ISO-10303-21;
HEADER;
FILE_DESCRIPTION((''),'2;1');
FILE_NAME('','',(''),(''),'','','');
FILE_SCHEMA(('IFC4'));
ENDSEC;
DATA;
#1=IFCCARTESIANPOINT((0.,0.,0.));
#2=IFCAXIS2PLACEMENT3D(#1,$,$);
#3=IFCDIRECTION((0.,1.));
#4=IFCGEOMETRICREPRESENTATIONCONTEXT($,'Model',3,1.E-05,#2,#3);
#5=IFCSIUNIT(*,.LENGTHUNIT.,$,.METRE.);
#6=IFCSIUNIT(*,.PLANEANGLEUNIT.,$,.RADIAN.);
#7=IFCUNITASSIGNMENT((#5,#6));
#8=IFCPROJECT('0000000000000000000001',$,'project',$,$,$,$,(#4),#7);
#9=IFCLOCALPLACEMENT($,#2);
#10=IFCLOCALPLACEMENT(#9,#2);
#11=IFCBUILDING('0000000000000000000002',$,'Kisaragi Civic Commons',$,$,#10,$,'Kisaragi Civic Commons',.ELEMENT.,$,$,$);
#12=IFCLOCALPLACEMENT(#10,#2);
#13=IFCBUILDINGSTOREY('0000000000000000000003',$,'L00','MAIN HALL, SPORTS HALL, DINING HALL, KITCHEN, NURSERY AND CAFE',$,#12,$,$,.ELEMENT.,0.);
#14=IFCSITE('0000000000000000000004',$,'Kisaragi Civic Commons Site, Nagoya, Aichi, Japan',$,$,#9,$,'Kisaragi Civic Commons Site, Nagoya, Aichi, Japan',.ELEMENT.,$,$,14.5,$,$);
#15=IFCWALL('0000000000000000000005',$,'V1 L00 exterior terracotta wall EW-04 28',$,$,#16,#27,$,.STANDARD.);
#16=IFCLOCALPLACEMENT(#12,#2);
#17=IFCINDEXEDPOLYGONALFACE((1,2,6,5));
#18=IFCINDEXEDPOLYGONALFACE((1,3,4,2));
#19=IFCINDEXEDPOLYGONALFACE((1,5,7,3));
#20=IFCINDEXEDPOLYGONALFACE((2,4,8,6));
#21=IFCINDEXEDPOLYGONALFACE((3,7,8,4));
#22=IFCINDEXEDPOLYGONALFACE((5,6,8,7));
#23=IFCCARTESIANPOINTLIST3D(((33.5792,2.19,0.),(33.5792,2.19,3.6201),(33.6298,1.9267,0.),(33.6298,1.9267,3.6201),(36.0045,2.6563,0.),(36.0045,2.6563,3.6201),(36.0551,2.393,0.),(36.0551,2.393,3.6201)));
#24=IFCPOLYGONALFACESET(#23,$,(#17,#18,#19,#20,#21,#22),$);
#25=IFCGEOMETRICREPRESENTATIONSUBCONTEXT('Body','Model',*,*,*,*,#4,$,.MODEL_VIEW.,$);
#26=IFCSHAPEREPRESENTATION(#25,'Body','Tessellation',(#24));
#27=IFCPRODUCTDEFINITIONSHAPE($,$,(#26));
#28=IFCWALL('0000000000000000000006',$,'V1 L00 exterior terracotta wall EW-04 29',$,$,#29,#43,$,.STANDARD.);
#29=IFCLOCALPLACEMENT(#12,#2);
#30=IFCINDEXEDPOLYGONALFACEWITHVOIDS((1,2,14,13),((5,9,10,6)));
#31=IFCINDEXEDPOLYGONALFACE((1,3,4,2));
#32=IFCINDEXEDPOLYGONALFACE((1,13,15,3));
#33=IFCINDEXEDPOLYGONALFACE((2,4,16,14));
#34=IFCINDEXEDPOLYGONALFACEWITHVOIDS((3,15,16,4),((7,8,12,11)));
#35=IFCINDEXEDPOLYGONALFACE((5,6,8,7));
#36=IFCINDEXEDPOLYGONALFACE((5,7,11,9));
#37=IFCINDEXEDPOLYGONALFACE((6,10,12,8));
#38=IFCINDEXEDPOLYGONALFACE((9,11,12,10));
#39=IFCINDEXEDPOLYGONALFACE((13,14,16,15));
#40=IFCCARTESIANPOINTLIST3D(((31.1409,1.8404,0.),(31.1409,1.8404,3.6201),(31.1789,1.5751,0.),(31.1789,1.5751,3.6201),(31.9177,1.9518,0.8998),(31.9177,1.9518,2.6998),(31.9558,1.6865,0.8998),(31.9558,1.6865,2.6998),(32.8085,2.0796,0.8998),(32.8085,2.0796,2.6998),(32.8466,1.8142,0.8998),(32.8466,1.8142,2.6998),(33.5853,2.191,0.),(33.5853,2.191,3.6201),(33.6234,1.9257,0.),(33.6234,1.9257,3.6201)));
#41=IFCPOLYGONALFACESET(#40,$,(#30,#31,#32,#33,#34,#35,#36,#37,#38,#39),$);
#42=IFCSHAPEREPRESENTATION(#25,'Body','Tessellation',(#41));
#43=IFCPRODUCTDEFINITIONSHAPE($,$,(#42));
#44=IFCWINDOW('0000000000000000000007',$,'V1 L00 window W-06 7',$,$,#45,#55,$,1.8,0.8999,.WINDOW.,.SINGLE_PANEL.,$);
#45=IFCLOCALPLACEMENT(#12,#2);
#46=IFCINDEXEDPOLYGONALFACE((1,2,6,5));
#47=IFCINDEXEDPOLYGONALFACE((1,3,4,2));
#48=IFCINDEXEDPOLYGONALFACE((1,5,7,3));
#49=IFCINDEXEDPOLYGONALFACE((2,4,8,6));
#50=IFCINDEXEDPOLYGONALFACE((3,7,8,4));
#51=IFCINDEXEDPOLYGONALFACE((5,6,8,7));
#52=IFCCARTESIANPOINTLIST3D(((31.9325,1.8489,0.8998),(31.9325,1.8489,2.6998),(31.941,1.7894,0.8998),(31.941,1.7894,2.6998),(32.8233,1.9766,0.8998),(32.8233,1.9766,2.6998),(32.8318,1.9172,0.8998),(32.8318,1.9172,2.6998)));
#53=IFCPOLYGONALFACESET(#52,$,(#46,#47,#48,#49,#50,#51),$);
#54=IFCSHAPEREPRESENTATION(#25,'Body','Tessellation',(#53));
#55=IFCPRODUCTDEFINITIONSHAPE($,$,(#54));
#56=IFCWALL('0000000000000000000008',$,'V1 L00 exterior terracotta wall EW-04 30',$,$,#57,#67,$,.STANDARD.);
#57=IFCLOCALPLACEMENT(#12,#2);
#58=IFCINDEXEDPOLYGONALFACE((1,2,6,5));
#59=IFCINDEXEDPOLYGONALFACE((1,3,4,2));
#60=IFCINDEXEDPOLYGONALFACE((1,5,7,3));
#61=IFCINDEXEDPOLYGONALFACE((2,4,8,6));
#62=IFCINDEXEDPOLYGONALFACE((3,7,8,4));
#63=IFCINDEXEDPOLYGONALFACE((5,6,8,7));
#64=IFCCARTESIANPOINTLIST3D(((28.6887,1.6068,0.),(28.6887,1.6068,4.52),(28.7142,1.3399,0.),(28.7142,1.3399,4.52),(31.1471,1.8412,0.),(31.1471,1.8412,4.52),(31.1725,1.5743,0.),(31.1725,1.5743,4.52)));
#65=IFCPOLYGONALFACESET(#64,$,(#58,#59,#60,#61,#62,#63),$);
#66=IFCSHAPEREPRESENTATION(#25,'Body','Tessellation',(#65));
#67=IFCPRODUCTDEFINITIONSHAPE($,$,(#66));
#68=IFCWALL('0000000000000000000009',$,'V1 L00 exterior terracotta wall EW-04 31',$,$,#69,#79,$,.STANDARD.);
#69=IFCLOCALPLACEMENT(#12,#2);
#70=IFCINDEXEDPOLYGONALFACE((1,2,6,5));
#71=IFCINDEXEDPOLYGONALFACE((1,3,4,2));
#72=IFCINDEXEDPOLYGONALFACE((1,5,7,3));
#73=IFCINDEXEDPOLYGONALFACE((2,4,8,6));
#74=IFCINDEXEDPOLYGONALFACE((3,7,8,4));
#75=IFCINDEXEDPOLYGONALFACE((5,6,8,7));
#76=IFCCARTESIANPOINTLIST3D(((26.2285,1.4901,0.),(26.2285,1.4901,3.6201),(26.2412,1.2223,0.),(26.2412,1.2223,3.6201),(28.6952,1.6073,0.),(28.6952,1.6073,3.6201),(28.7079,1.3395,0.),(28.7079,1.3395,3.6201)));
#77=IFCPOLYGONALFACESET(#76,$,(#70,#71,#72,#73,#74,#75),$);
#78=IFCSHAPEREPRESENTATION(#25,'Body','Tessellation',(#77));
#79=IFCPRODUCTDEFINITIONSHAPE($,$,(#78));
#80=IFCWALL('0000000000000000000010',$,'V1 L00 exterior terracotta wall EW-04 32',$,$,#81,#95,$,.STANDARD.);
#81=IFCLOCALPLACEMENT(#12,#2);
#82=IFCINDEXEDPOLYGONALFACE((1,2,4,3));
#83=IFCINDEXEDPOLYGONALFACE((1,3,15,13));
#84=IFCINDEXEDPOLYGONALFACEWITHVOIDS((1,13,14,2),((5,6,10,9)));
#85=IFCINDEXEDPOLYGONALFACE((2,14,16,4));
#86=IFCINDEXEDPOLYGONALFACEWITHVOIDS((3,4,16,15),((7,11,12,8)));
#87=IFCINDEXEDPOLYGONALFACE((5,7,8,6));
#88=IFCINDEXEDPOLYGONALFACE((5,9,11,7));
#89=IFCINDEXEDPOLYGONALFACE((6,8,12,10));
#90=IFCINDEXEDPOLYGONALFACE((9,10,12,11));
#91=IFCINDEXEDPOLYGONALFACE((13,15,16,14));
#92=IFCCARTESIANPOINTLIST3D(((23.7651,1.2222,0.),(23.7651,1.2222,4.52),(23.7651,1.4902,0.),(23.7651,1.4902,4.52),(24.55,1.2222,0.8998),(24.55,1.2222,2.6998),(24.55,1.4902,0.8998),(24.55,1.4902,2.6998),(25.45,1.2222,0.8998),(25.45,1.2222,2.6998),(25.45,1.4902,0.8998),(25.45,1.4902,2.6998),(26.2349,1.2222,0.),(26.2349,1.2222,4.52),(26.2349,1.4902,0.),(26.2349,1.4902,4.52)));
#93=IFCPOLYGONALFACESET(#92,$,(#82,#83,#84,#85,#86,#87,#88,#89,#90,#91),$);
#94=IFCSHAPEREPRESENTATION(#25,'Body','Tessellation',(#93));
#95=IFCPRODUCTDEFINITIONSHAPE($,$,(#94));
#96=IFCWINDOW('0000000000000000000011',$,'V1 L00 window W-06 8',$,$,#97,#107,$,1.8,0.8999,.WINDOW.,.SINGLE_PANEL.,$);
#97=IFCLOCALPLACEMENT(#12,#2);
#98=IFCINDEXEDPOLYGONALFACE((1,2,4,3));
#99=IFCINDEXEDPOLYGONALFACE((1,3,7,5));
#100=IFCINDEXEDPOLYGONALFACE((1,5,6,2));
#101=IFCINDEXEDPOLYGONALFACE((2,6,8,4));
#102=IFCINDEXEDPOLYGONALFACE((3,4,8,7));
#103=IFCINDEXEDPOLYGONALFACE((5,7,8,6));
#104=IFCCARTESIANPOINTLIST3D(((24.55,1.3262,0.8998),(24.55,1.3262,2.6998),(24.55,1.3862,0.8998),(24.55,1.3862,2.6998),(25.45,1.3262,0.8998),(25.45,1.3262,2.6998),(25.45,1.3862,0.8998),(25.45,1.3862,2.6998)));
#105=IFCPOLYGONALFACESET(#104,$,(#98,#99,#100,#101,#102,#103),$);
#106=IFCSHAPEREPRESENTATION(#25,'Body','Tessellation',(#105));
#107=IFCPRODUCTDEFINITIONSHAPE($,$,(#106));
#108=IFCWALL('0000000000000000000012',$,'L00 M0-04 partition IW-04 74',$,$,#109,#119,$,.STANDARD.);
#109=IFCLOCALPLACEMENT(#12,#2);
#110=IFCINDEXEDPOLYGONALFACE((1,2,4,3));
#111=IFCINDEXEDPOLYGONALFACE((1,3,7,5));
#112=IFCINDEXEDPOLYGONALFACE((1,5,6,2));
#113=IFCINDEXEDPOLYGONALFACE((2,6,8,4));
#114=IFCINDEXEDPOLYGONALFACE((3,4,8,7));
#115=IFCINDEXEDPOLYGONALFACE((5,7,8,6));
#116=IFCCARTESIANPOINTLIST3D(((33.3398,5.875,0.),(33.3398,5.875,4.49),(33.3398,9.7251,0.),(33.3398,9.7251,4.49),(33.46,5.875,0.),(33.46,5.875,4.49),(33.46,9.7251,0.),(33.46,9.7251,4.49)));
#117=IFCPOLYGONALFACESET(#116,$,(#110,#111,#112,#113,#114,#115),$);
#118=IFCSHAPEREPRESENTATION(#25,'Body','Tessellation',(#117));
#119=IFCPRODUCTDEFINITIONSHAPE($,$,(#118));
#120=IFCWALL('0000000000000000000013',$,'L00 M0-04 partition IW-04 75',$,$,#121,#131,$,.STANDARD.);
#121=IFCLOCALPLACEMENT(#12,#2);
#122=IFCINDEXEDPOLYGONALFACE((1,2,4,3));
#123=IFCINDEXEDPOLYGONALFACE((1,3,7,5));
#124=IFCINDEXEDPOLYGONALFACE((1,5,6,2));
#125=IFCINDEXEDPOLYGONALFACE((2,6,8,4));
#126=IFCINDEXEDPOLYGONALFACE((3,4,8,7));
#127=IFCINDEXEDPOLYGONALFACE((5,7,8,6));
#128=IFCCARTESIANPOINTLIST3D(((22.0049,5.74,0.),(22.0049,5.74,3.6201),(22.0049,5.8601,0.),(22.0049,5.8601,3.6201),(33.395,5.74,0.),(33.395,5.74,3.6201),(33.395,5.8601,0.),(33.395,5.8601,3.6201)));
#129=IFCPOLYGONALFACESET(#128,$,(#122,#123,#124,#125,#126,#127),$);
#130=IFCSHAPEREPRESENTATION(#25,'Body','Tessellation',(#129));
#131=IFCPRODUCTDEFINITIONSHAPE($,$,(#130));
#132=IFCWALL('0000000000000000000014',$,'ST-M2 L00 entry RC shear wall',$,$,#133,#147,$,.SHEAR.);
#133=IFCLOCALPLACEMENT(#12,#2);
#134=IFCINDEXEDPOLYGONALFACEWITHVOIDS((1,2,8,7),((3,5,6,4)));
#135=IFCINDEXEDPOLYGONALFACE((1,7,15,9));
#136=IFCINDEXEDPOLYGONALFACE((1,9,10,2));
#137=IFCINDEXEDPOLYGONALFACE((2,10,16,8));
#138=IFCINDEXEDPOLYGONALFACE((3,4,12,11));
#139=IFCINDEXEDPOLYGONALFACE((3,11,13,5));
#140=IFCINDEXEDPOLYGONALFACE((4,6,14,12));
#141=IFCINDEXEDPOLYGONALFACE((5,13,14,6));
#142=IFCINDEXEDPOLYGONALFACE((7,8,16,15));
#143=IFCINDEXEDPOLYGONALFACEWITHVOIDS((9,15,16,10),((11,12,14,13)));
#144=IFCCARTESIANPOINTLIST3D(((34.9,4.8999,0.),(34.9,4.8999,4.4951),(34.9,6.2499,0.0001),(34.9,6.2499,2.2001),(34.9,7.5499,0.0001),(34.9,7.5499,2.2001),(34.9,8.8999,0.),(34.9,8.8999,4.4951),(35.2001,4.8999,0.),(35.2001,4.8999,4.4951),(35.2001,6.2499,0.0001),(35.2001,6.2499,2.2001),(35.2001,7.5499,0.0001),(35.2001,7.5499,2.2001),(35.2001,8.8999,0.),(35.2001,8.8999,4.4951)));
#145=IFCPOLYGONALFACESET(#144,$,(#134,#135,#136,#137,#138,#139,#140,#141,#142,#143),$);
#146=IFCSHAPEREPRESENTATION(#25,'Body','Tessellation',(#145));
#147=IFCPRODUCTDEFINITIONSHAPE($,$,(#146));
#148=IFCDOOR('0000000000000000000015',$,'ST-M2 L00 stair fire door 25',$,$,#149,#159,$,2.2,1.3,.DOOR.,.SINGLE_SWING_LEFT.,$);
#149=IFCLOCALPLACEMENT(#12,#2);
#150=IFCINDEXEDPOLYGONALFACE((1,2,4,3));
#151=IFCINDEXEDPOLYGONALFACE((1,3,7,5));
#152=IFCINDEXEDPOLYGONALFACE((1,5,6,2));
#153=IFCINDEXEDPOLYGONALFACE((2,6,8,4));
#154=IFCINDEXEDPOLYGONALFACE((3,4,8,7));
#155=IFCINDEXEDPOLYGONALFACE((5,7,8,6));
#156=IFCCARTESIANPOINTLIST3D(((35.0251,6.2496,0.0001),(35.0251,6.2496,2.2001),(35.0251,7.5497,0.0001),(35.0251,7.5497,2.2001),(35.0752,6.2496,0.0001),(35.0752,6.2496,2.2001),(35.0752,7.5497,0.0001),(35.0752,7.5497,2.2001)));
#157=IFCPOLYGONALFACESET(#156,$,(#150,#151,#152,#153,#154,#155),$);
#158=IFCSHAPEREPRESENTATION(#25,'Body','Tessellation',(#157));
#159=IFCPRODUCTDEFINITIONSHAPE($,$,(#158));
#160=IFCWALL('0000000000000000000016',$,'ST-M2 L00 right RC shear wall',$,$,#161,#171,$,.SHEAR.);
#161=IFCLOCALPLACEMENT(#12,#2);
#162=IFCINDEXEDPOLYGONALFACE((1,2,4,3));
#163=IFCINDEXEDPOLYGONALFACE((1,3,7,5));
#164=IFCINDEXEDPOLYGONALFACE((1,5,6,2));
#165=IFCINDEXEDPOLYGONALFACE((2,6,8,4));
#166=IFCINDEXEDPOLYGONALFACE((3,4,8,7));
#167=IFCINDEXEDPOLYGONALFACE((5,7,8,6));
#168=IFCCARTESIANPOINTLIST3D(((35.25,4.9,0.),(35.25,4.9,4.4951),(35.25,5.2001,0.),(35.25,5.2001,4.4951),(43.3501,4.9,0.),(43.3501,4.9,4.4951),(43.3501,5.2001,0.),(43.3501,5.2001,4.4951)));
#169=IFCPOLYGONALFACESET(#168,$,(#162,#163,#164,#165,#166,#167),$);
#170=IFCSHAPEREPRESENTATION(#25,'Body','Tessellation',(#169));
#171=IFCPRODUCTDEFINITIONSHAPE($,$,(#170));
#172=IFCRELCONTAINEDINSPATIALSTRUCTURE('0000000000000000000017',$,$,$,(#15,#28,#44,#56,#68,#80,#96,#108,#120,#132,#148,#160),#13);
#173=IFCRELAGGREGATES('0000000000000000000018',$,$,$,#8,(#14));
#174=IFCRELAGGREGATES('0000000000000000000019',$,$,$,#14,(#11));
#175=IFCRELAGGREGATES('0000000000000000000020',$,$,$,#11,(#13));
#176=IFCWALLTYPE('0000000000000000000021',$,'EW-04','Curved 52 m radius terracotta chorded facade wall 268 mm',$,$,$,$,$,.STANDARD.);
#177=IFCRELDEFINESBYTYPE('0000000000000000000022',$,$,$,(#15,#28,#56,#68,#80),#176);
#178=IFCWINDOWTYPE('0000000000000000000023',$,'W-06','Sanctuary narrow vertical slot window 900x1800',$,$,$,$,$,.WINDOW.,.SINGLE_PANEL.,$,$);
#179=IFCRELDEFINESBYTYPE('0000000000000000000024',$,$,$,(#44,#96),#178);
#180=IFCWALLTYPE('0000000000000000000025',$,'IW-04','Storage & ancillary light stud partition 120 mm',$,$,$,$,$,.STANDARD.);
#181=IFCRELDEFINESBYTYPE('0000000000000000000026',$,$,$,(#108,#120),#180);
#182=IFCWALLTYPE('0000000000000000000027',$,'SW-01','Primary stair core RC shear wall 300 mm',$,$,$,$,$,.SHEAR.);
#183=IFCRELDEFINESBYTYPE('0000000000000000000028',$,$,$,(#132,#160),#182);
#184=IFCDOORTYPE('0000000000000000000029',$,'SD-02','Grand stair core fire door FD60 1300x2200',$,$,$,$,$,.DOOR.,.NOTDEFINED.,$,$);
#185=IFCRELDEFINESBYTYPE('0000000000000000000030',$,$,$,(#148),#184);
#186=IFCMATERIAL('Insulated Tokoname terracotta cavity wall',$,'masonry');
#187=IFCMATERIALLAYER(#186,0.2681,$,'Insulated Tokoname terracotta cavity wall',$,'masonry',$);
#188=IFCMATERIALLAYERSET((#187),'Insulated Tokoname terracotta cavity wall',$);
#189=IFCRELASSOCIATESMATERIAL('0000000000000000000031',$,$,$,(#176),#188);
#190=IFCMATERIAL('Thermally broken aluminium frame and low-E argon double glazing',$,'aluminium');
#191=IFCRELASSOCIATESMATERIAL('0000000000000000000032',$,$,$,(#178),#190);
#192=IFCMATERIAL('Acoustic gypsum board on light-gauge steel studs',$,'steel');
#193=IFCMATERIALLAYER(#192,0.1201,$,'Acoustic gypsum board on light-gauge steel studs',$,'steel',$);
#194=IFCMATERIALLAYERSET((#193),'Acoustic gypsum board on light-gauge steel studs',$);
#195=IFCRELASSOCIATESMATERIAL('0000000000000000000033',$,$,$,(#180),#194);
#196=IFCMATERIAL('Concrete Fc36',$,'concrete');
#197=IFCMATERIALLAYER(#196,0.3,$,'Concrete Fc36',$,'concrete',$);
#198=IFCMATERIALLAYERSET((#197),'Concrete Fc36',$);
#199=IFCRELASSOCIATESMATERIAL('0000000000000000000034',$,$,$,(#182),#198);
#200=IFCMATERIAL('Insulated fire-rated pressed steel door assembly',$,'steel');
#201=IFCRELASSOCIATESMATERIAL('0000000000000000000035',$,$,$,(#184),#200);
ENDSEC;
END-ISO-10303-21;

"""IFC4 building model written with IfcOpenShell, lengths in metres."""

from ifc_helpers import new_model, si_unit, direction, frame, frame_2d, origin, place, context, subcontext, project, spatial, rectangle, extrude, material, layer, layer_set, type_object, element, fill, save


model = new_model("IFC4")

# Units and contexts
model_context = context("Model", 3, precision=1e-05, world=origin(), true_north=direction((0.0, 1.0)))
body_context = subcontext(model_context, "Body", "Model", "MODEL_VIEW")
ifc_project = project(units=[si_unit("LENGTHUNIT", "METRE"), si_unit("PLANEANGLEUNIT", "RADIAN")], contexts=[model_context])

# Site, building, storey
site_placement = place(None, origin())
site = spatial("IfcSite", under=ifc_project, at=site_placement, Name="Kisaragi Civic Commons Site, Nagoya, Aichi, Japan", LongName="Kisaragi Civic Commons Site, Nagoya, Aichi, Japan", CompositionType="ELEMENT", RefElevation=14.5)
building_placement = place(site_placement, origin())
building = spatial("IfcBuilding", under=site, at=building_placement, Name="Kisaragi Civic Commons", LongName="Kisaragi Civic Commons", CompositionType="ELEMENT")
storey_placement = place(building_placement, origin())
storey = spatial("IfcBuildingStorey", under=building, at=storey_placement, Name="L00", Description="MAIN HALL, SPORTS HALL, DINING HALL, KITCHEN, NURSERY AND CAFE", CompositionType="ELEMENT", Elevation=0.0)

# Shared definitions
ifc_material_1 = material(Name="Concrete Fc36", Category="concrete")

# Wall
ifc_material_2 = material(Name="Insulated Tokoname terracotta cavity wall", Category="masonry")
ifc_layer_1 = layer(ifc_material_2, 0.2681, Name="Insulated Tokoname terracotta cavity wall", Category="masonry")
ifc_layer_set_1 = layer_set([ifc_layer_1], Name="Insulated Tokoname terracotta cavity wall")
wall_type_1 = type_object("IfcWallType", Name="EW-04", Description="Curved 52 m radius terracotta chorded facade wall 268 mm", PredefinedType="STANDARD", material=ifc_layer_set_1)
wall_1_placement = place(storey_placement, frame((36.0298, 2.5247, 0.0), z_axis=(0.0, 0.0, 1.0), x_axis=(-0.982013, -0.188811, 0.0)))
element("IfcWall", 1, at=wall_1_placement, inside=storey, type_object=wall_type_1, Name="V1 L00 exterior terracotta wall EW-04 28", PredefinedType="STANDARD", context=body_context, shape_type="SweptSolid", body=[
    extrude(rectangle(XDim=2.4697, YDim=0.2681, at=frame_2d((1.2349, 0.0))), origin(), (0.0, 0.0, 1.0), 3.6201),
])

# Wall, opening, window
wall_2_placement = place(storey_placement, frame((33.6045, 2.0583, 0.0), z_axis=(0.0, 0.0, 1.0), x_axis=(-0.989872, -0.141961, 0.0)))
wall_2 = element("IfcWall", 2, at=wall_2_placement, inside=storey, type_object=wall_type_1, Name="V1 L00 exterior terracotta wall EW-04 29", PredefinedType="STANDARD", context=body_context, shape_type="SweptSolid", body=[
    extrude(rectangle(XDim=2.4695, YDim=0.2681, at=frame_2d((1.2349, 0.0))), origin(), (0.0, 0.0, 1.0), 3.6201),
])
opening_1_placement = place(wall_2_placement, frame((0.7849, 0.0, 0.8999)))
opening_1 = element("IfcOpeningElement", 3, at=opening_1_placement, cuts=wall_2, PredefinedType="OPENING", context=body_context, shape_type="SweptSolid", body=[
    extrude(rectangle(XDim=0.8999, YDim=1.8, at=frame_2d((0.45, 0.8999))), frame((0.0, 0.144, 0.0), z_axis=(0.0, -1.0, 0.0), x_axis=(1.0, 0.0, 0.0)), (0.0, 0.0, 1.0), 0.2881),
])
ifc_material_3 = material(Name="Thermally broken aluminium frame and low-E argon double glazing", Category="aluminium")
window_type = type_object("IfcWindowType", Name="W-06", Description="Sanctuary narrow vertical slot window 900x1800", PartitioningType="SINGLE_PANEL", PredefinedType="WINDOW", material=ifc_material_3)
window_1_placement = place(opening_1_placement, origin())
window_1 = element("IfcWindow", 4, at=window_1_placement, inside=storey, type_object=window_type, Name="V1 L00 window W-06 7", OverallHeight=1.8, OverallWidth=0.8999, PartitioningType="SINGLE_PANEL", PredefinedType="WINDOW", context=body_context, shape_type="SweptSolid", body=[
    extrude(rectangle(XDim=0.8999, YDim=1.8, at=frame_2d((0.45, 0.8999))), frame((0.0, 0.03, 0.0), z_axis=(0.0, -1.0, 0.0), x_axis=(1.0, 0.0, 0.0)), (0.0, 0.0, 1.0), 0.0601),
])
fill(opening_1, window_1)

# Walls
wall_3_placement = place(storey_placement, frame((31.1599, 1.7078, 0.0), z_axis=(0.0, 0.0, 1.0), x_axis=(-0.995486, -0.094912, 0.0)))
element("IfcWall", 5, at=wall_3_placement, inside=storey, type_object=wall_type_1, Name="V1 L00 exterior terracotta wall EW-04 30", PredefinedType="STANDARD", context=body_context, shape_type="SweptSolid", body=[
    extrude(rectangle(XDim=2.4695, YDim=0.2681, at=frame_2d((1.2349, 0.0))), origin(), (0.0, 0.0, 1.0), 4.52),
])
wall_4_placement = place(storey_placement, frame((28.7017, 1.4734, 0.0), z_axis=(0.0, 0.0, 1.0), x_axis=(-0.998873, -0.047452, 0.0)))
element("IfcWall", 6, at=wall_4_placement, inside=storey, type_object=wall_type_1, Name="V1 L00 exterior terracotta wall EW-04 31", PredefinedType="STANDARD", context=body_context, shape_type="SweptSolid", body=[
    extrude(rectangle(XDim=2.4695, YDim=0.2681, at=frame_2d((1.2349, 0.0))), origin(), (0.0, 0.0, 1.0), 3.6201),
])

# Wall, opening, window
wall_5_placement = place(storey_placement, frame((26.2349, 1.3562, 0.0), z_axis=(0.0, 0.0, 1.0), x_axis=(-1.0, 0.0, 0.0)))
wall_5 = element("IfcWall", 7, at=wall_5_placement, inside=storey, type_object=wall_type_1, Name="V1 L00 exterior terracotta wall EW-04 32", PredefinedType="STANDARD", context=body_context, shape_type="SweptSolid", body=[
    extrude(rectangle(XDim=2.4697, YDim=0.2681, at=frame_2d((1.2349, 0.0))), origin(), (0.0, 0.0, 1.0), 4.52),
])
opening_2_placement = place(wall_5_placement, frame((0.7849, 0.0, 0.8999)))
opening_2 = element("IfcOpeningElement", 8, at=opening_2_placement, cuts=wall_5, PredefinedType="OPENING", context=body_context, shape_type="SweptSolid", body=[
    extrude(rectangle(XDim=0.8999, YDim=1.8, at=frame_2d((0.45, 0.8999))), frame((0.0, 0.144, 0.0), z_axis=(0.0, -1.0, 0.0), x_axis=(1.0, 0.0, 0.0)), (0.0, 0.0, 1.0), 0.2881),
])
window_2_placement = place(opening_2_placement, origin())
window_2 = element("IfcWindow", 9, at=window_2_placement, inside=storey, type_object=window_type, Name="V1 L00 window W-06 8", OverallHeight=1.8, OverallWidth=0.8999, PartitioningType="SINGLE_PANEL", PredefinedType="WINDOW", context=body_context, shape_type="SweptSolid", body=[
    extrude(rectangle(XDim=0.8999, YDim=1.8, at=frame_2d((0.45, 0.8999))), frame((0.0, 0.03, 0.0), z_axis=(0.0, -1.0, 0.0), x_axis=(1.0, 0.0, 0.0)), (0.0, 0.0, 1.0), 0.0601),
])
fill(opening_2, window_2)

# Walls
ifc_material_4 = material(Name="Acoustic gypsum board on light-gauge steel studs", Category="steel")
ifc_layer_2 = layer(ifc_material_4, 0.1201, Name="Acoustic gypsum board on light-gauge steel studs", Category="steel")
ifc_layer_set_2 = layer_set([ifc_layer_2], Name="Acoustic gypsum board on light-gauge steel studs")
wall_type_2 = type_object("IfcWallType", Name="IW-04", Description="Storage & ancillary light stud partition 120 mm", PredefinedType="STANDARD", material=ifc_layer_set_2)
wall_6_placement = place(storey_placement, frame((33.3999, 9.7251, 0.0), z_axis=(0.0, 0.0, 1.0), x_axis=(0.0, -1.0, 0.0)))
element("IfcWall", 10, at=wall_6_placement, inside=storey, type_object=wall_type_2, Name="L00 M0-04 partition IW-04 74", PredefinedType="STANDARD", context=body_context, shape_type="SweptSolid", body=[
    extrude(rectangle(XDim=3.8501, YDim=0.1201, at=frame_2d((1.925, 0.0))), origin(), (0.0, 0.0, 1.0), 4.49),
])
wall_7_placement = place(storey_placement, frame((33.395, 5.8, 0.0), z_axis=(0.0, 0.0, 1.0), x_axis=(-1.0, 0.0, 0.0)))
element("IfcWall", 11, at=wall_7_placement, inside=storey, type_object=wall_type_2, Name="L00 M0-04 partition IW-04 75", PredefinedType="STANDARD", context=body_context, shape_type="SweptSolid", body=[
    extrude(rectangle(XDim=11.3901, YDim=0.1201, at=frame_2d((5.6951, 0.0))), origin(), (0.0, 0.0, 1.0), 3.6201),
])

# Wall, opening, door
ifc_layer_3 = layer(ifc_material_1, 0.3, Name="Concrete Fc36", Category="concrete")
ifc_layer_set_3 = layer_set([ifc_layer_3], Name="Concrete Fc36")
wall_type_3 = type_object("IfcWallType", Name="SW-01", Description="Primary stair core RC shear wall 300 mm", PredefinedType="SHEAR", material=ifc_layer_set_3)
wall_8_placement = place(storey_placement, frame((35.05, 8.8999, 0.0), z_axis=(0.0, 0.0, 1.0), x_axis=(0.0, -1.0, 0.0)))
wall_8 = element("IfcWall", 12, at=wall_8_placement, inside=storey, type_object=wall_type_3, Name="ST-M2 L00 entry RC shear wall", PredefinedType="SHEAR", context=body_context, shape_type="SweptSolid", body=[
    extrude(rectangle(XDim=4.0, YDim=0.3, at=frame_2d((2.0, 0.0))), origin(), (0.0, 0.0, 1.0), 4.4951),
])
opening_3_placement = place(wall_8_placement, frame((1.3501, 0.0, 0.0)))
opening_3 = element("IfcOpeningElement", 13, at=opening_3_placement, cuts=wall_8, PredefinedType="OPENING", context=body_context, shape_type="SweptSolid", body=[
    extrude(rectangle(XDim=1.3, YDim=2.2, at=frame_2d((0.6499, 1.1001))), frame((0.0, 0.1599, 0.0), z_axis=(0.0, -1.0, 0.0), x_axis=(1.0, 0.0, 0.0)), (0.0, 0.0, 1.0), 0.3201),
])
ifc_material_5 = material(Name="Insulated fire-rated pressed steel door assembly", Category="steel")
door_type = type_object("IfcDoorType", Name="SD-02", Description="Grand stair core fire door FD60 1300x2200", OperationType="NOTDEFINED", PredefinedType="DOOR", material=ifc_material_5)
door_placement = place(opening_3_placement, frame((1.3, 0.0, 0.0), z_axis=(0.0, 0.0, 1.0), x_axis=(-1.0, 0.0, 0.0)))
door = element("IfcDoor", 14, at=door_placement, inside=storey, type_object=door_type, Name="ST-M2 L00 stair fire door 25", OperationType="SINGLE_SWING_LEFT", OverallHeight=2.2, OverallWidth=1.3, PredefinedType="DOOR", context=body_context, shape_type="SweptSolid", body=[
    extrude(rectangle(XDim=1.3, YDim=2.2, at=frame_2d((0.6499, 1.1001))), frame((0.0, 0.0249, 0.0), z_axis=(0.0, -1.0, 0.0), x_axis=(1.0, 0.0, 0.0)), (0.0, 0.0, 1.0), 0.05),
])
fill(opening_3, door)

# Wall
wall_9_placement = place(storey_placement, frame((35.25, 5.05, 0.0), z_axis=(0.0, 0.0, 1.0), x_axis=(1.0, 0.0, 0.0)))
element("IfcWall", 15, at=wall_9_placement, inside=storey, type_object=wall_type_3, Name="ST-M2 L00 right RC shear wall", PredefinedType="SHEAR", context=body_context, shape_type="SweptSolid", body=[
    extrude(rectangle(XDim=8.1001, YDim=0.3, at=frame_2d((4.05, 0.0))), origin(), (0.0, 0.0, 1.0), 4.4951),
])

save(model, "model.ifc")
